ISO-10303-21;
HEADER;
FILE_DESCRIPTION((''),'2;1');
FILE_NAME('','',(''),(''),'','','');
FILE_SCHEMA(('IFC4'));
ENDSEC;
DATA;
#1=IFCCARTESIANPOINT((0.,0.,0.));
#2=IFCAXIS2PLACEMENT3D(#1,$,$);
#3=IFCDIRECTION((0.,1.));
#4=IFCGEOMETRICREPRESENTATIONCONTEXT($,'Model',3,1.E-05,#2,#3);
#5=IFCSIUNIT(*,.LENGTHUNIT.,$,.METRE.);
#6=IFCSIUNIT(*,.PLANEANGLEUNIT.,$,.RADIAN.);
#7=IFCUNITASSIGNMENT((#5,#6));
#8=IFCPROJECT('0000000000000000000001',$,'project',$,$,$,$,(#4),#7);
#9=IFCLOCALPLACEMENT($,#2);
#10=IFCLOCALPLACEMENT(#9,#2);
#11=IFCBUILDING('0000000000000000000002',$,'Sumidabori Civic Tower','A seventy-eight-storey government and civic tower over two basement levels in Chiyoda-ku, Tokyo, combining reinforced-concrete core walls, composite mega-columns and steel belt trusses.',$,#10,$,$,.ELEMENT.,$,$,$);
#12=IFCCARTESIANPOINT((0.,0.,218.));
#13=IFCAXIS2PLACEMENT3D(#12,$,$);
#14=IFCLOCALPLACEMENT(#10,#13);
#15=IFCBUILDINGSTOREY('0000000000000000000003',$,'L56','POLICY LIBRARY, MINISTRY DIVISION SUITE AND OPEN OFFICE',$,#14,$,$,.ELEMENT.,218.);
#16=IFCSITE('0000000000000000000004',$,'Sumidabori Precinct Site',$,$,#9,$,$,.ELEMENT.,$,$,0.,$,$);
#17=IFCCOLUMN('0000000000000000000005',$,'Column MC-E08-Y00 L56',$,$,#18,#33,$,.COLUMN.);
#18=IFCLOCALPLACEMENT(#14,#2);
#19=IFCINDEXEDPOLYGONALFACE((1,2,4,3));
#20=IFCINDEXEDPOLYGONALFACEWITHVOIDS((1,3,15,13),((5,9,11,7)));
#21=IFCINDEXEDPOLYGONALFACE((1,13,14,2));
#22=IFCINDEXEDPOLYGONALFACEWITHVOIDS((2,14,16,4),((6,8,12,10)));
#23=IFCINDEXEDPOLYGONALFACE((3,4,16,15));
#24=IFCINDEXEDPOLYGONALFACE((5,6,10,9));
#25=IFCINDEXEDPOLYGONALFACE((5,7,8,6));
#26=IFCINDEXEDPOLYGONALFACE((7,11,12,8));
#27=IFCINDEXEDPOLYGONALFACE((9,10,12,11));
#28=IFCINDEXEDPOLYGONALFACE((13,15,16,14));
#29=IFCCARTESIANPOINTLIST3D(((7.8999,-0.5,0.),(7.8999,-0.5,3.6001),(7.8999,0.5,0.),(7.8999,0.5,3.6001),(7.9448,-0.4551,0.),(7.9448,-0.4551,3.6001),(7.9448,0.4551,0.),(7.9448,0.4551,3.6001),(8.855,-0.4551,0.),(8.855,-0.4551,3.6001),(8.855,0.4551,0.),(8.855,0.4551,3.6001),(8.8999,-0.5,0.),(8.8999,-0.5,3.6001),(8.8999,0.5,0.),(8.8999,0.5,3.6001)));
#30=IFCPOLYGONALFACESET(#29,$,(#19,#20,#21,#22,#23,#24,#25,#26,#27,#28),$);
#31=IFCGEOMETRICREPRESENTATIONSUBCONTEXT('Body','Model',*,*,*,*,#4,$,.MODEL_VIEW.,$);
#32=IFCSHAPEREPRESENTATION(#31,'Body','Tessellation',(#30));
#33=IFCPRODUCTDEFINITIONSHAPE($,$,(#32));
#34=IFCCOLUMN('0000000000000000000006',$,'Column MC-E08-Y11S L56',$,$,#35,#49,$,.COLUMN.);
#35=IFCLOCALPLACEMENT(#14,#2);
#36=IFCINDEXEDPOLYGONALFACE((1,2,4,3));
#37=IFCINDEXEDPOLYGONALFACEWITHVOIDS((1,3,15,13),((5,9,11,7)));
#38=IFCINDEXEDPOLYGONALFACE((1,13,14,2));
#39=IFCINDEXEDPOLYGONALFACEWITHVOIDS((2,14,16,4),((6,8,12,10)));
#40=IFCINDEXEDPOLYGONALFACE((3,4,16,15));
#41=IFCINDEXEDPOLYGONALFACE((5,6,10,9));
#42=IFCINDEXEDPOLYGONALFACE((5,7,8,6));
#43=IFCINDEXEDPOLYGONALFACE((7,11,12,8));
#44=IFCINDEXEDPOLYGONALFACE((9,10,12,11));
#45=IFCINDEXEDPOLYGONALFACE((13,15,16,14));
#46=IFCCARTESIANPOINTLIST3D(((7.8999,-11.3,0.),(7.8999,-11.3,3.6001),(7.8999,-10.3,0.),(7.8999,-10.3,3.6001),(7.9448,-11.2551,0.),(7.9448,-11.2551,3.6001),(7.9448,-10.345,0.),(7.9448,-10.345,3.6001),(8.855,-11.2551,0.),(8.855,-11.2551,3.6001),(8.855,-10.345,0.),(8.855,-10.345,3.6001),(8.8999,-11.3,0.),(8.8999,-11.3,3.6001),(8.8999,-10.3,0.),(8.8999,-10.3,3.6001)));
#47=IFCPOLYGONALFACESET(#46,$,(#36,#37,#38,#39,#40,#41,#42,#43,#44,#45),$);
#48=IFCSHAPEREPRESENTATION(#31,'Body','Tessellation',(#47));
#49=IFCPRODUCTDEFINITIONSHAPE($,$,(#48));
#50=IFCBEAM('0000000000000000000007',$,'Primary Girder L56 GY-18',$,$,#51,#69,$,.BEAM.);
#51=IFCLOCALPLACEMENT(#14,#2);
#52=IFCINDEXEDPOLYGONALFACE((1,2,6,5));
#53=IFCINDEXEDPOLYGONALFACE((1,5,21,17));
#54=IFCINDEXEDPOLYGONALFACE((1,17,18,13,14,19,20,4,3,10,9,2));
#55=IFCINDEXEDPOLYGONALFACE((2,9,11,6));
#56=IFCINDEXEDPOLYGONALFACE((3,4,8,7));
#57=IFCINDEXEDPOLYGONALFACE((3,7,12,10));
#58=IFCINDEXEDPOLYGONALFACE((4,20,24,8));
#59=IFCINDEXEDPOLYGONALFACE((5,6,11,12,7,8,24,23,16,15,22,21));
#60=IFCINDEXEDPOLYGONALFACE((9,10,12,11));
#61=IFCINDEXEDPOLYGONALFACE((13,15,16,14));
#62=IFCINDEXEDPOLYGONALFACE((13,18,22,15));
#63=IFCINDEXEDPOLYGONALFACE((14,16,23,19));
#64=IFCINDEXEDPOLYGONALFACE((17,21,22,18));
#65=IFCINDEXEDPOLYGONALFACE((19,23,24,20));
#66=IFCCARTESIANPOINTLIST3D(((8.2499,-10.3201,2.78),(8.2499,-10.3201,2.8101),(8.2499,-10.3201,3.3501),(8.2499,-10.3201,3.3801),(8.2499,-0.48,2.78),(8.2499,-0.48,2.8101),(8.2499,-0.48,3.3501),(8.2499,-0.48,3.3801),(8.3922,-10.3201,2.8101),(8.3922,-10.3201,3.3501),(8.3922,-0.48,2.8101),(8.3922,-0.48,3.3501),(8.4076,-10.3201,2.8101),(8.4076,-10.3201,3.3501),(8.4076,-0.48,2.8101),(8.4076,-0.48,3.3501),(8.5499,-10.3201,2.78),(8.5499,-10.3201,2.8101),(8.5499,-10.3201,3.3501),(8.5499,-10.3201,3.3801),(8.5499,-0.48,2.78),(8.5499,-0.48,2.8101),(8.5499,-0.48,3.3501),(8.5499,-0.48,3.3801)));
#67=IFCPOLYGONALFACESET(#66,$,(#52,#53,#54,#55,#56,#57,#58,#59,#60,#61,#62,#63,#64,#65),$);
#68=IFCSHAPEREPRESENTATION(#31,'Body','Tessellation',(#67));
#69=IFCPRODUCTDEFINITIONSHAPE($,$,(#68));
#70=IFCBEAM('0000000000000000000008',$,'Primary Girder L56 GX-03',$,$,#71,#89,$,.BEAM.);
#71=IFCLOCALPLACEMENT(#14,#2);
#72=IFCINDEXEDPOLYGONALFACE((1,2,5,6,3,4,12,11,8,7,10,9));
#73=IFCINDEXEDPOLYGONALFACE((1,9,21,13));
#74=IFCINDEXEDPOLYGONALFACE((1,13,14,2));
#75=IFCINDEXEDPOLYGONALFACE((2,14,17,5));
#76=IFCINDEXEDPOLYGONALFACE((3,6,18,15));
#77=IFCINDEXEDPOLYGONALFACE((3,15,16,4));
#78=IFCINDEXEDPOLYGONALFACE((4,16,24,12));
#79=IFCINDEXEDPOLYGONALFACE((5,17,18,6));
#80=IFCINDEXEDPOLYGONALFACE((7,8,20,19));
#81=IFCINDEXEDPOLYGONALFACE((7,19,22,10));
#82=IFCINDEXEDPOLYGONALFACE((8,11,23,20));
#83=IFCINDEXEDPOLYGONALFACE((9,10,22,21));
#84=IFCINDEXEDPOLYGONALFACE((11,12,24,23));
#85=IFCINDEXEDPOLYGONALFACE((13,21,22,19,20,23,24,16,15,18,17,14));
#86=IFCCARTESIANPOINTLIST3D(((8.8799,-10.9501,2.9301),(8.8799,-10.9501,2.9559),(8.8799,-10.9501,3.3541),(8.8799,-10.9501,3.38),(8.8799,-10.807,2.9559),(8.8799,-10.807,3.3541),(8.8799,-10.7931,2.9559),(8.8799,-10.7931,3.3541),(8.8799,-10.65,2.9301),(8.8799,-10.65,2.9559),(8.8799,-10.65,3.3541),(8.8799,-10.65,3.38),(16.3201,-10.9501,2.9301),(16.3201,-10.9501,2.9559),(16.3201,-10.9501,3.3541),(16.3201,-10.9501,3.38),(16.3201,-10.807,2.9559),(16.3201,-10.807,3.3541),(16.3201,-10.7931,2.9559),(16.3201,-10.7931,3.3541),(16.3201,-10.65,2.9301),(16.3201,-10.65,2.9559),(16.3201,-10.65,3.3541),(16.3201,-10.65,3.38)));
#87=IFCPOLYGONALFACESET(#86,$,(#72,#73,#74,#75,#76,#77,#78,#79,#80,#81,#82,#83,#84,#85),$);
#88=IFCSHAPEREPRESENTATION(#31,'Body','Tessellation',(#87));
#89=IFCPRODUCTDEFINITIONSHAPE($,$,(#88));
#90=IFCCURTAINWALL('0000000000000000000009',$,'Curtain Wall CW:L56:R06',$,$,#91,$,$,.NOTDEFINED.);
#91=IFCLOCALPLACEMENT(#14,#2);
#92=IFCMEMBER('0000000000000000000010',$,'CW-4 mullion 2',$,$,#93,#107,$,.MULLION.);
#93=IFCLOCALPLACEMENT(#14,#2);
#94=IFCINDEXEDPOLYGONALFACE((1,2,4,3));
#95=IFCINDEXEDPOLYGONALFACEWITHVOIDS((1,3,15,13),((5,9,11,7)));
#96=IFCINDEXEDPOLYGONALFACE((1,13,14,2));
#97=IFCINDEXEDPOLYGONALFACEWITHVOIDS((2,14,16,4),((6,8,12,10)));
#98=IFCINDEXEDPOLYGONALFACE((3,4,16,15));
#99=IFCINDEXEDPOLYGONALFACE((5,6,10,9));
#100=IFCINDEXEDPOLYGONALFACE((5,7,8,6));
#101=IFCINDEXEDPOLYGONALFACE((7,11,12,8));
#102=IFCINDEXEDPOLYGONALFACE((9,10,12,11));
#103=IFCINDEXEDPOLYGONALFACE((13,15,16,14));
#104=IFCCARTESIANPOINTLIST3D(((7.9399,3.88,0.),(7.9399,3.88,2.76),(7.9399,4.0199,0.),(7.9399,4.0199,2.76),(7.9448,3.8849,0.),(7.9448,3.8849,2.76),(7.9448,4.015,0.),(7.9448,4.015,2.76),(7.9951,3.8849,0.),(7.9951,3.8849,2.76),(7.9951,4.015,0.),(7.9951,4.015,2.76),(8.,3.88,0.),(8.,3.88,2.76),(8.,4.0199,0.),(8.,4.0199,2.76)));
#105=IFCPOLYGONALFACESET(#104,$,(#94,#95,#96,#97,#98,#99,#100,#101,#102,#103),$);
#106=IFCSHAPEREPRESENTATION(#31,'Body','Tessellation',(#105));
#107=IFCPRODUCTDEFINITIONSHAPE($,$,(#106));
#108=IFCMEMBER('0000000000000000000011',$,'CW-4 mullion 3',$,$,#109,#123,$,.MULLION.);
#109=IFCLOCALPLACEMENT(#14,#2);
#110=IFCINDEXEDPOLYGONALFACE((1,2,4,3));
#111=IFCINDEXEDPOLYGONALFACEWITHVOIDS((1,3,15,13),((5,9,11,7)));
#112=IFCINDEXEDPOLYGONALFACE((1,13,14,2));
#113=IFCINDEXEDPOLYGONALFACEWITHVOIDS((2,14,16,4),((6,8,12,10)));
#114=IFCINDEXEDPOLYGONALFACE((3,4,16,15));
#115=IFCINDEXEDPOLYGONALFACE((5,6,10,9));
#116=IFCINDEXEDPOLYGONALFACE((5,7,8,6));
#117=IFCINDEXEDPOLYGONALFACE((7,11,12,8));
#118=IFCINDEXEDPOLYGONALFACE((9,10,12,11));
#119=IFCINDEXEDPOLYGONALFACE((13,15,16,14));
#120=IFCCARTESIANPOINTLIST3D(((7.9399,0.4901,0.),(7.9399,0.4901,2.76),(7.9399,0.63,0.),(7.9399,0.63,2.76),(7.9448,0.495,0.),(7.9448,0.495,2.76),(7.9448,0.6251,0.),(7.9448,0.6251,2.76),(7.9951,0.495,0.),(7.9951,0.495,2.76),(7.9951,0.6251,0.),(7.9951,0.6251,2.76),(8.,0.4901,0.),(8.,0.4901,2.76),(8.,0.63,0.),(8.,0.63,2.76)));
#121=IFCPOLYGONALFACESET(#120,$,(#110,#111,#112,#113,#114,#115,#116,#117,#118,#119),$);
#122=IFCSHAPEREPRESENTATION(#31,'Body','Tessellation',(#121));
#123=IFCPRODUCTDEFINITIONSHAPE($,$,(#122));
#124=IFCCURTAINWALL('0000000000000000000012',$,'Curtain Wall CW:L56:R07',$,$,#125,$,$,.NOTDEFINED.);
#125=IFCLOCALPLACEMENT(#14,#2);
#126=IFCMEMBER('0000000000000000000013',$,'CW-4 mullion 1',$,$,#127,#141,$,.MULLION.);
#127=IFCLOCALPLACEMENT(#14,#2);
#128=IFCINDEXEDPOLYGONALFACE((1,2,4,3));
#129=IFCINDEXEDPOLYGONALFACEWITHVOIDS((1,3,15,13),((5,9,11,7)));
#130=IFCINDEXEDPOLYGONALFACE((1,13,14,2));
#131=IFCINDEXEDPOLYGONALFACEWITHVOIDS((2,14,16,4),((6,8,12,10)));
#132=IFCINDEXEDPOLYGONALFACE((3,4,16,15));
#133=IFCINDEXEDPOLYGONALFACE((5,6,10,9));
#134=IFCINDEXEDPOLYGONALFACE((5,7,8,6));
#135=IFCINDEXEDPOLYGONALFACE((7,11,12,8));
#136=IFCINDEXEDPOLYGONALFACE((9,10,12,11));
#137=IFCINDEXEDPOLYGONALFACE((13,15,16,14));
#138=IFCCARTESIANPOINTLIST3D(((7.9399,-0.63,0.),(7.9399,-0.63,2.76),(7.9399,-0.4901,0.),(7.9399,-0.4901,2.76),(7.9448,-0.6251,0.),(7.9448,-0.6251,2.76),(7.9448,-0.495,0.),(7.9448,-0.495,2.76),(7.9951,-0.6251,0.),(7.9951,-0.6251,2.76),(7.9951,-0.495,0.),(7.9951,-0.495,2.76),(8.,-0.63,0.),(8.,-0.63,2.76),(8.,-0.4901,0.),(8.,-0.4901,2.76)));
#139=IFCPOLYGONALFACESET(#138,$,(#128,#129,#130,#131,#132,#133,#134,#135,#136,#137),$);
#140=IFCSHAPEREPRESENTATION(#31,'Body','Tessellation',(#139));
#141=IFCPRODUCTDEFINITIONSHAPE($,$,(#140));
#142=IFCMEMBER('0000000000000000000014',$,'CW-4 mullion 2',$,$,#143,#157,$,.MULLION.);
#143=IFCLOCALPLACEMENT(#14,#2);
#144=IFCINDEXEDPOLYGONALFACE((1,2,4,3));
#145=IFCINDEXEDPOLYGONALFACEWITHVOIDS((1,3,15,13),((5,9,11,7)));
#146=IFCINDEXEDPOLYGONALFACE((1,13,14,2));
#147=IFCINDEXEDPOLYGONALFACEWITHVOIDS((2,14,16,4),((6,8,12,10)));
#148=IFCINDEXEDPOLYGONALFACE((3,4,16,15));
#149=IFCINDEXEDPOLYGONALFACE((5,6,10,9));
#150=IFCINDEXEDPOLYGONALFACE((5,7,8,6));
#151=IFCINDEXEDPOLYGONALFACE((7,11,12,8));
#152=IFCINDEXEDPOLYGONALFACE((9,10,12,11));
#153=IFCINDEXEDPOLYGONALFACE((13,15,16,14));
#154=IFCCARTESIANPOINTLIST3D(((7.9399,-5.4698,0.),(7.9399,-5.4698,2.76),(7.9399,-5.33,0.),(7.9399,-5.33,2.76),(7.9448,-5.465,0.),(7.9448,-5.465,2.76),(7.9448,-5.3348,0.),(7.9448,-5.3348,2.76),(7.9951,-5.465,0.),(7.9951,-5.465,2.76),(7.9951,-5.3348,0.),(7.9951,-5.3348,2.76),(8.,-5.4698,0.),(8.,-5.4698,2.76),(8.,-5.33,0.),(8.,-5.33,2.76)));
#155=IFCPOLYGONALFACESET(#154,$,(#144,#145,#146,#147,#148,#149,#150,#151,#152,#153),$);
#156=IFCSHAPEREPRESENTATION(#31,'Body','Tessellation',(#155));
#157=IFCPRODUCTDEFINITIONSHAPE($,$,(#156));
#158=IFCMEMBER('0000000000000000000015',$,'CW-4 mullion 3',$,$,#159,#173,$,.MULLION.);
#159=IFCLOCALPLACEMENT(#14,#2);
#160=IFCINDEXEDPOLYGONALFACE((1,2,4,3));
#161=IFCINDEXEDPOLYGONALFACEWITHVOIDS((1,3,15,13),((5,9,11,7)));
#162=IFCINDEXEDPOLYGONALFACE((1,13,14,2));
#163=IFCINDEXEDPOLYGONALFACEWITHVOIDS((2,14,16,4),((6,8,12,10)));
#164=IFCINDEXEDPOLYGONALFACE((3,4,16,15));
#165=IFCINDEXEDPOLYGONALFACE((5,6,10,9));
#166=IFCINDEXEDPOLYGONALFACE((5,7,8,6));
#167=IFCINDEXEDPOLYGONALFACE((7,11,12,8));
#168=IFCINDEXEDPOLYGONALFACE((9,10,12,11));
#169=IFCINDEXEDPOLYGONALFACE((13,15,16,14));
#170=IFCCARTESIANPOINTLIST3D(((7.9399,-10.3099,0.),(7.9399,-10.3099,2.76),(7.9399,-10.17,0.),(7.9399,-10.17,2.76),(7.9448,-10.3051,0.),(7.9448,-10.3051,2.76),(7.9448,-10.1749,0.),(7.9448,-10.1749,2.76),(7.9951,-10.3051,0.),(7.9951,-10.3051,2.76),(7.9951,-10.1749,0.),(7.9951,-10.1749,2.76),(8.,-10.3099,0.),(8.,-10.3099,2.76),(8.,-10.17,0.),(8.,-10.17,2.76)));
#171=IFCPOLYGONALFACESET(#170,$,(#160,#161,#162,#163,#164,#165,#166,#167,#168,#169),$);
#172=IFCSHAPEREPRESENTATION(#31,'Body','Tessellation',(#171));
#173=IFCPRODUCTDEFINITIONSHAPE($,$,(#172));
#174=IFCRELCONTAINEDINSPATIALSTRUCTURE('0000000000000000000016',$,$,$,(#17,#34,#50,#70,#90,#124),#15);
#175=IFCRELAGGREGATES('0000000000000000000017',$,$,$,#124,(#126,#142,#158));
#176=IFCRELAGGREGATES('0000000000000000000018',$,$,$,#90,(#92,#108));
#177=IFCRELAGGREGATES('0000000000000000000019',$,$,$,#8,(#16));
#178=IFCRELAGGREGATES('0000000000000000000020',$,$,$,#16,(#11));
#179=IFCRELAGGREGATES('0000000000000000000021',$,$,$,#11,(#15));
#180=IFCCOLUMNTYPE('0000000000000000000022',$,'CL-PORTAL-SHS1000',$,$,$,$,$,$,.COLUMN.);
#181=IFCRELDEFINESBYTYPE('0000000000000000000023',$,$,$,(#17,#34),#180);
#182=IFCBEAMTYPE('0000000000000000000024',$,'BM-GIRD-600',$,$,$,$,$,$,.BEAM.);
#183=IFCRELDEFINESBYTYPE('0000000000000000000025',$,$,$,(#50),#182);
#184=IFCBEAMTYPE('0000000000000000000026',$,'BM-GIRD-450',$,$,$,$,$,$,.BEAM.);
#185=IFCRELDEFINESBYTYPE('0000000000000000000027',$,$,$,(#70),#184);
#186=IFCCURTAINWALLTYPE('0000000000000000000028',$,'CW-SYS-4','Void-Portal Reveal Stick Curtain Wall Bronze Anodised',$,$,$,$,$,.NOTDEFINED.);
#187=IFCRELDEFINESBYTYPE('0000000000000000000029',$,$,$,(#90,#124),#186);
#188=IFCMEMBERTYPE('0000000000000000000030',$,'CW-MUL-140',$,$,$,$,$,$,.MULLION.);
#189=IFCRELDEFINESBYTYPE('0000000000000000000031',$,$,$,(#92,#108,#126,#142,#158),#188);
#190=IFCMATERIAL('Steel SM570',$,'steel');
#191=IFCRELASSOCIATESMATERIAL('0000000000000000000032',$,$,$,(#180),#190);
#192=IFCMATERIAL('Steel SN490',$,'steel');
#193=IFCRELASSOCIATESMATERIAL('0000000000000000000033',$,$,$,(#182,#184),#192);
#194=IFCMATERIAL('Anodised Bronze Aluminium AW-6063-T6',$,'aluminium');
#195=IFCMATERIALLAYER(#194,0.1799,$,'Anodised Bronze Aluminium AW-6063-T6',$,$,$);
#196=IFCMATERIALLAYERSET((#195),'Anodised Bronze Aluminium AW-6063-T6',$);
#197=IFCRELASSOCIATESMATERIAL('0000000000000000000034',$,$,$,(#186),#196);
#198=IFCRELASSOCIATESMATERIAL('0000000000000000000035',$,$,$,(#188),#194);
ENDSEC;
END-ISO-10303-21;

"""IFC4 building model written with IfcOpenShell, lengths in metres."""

from ifc_helpers import new_model, si_unit, direction, frame, origin, origin_2d, place, context, subcontext, project, spatial, hollow_rectangle, i_section, extrude, source, transform, mapped, material, layer, layer_set, material_profile, profile_set, type_object, element, aggregate, save


model = new_model("IFC4")

# Units and contexts
model_context = context("Model", 3, precision=1e-05, world=origin(), true_north=direction((0.0, 1.0)))
body_context = subcontext(model_context, "Body", "Model", "MODEL_VIEW")
ifc_project = project(units=[si_unit("LENGTHUNIT", "METRE"), si_unit("PLANEANGLEUNIT", "RADIAN")], contexts=[model_context])

# Site, building, storey
site_placement = place(None, origin())
site = spatial("IfcSite", under=ifc_project, at=site_placement, Name="Sumidabori Precinct Site", CompositionType="ELEMENT", RefElevation=0.0)
building_placement = place(site_placement, origin())
building = spatial("IfcBuilding", under=site, at=building_placement, Name="Sumidabori Civic Tower", Description="A seventy-eight-storey government and civic tower over two basement levels in Chiyoda-ku, Tokyo, combining reinforced-concrete core walls, composite mega-columns and steel belt trusses.", CompositionType="ELEMENT")
storey_placement = place(building_placement, frame((0.0, 0.0, 218.0)))
storey = spatial("IfcBuildingStorey", under=building, at=storey_placement, Name="L56", Description="POLICY LIBRARY, MINISTRY DIVISION SUITE AND OPEN OFFICE", CompositionType="ELEMENT", Elevation=218.0)

# Columns
ifc_material_1 = material(Name="Steel SM570", Category="steel")
ifc_material_profile_1 = material_profile(ifc_material_1, hollow_rectangle(XDim=1.0, YDim=1.0, WallThickness=0.0449, at=origin_2d()), Name="SHS 1000x1000x45")
ifc_profile_set_1 = profile_set([ifc_material_profile_1], Name="Steel SM570")
column_type = type_object("IfcColumnType", Name="CL-PORTAL-SHS1000", PredefinedType="COLUMN", material=ifc_profile_set_1)
shared_shape_1 = source(origin(), body_context, "Body", "SweptSolid", [
    extrude(hollow_rectangle(XDim=1.0, YDim=1.0, WallThickness=0.0449, at=origin_2d()), origin(), (0.0, 0.0, 1.0), 3.6001),
])
for number, where, z_axis, x_axis, name in (
    (1, (8.3999, 0.0, 0.0), (0.0, 0.0, 1.0), (1.0, 0.0, 0.0), "Column MC-E08-Y00 L56"),
    (2, (8.3999, -10.8, 0.0), (0.0, 0.0, 1.0), (1.0, 0.0, 0.0), "Column MC-E08-Y11S L56"),
):
    element("IfcColumn", number, at=place(storey_placement, frame(where, z_axis=z_axis, x_axis=x_axis)), inside=storey, type_object=column_type, Name=name, PredefinedType="COLUMN", context=body_context, shape_type="MappedRepresentation", body=[
        mapped(shared_shape_1, transform((0.0, 0.0, 0.0), x_axis=(1.0, 0.0, 0.0), y_axis=(0.0, 1.0, 0.0), z_axis=(0.0, 0.0, 1.0), scale=1.0)),
    ])

# Beams
ifc_material_2 = material(Name="Steel SN490", Category="steel")
ifc_material_profile_2 = material_profile(ifc_material_2, i_section(OverallWidth=0.3, OverallDepth=0.6001, WebThickness=0.0154, FlangeThickness=0.03, at=origin_2d()), Name="HE 600 B")
ifc_profile_set_2 = profile_set([ifc_material_profile_2], Name="Steel SN490")
beam_type_1 = type_object("IfcBeamType", Name="BM-GIRD-600", PredefinedType="BEAM", material=ifc_profile_set_2)
shared_shape_2 = source(origin(), body_context, "Body", "SweptSolid", [
    extrude(i_section(OverallWidth=0.3, OverallDepth=0.6001, WebThickness=0.0154, FlangeThickness=0.03, at=origin_2d()), origin(), (0.0, 0.0, 1.0), 9.8401),
])
beam_1_placement = place(storey_placement, frame((8.3999, -10.3201, 3.0801), z_axis=(0.0, 1.0, 0.0), x_axis=(-1.0, 0.0, 0.0)))
element("IfcBeam", 3, at=beam_1_placement, inside=storey, type_object=beam_type_1, Name="Primary Girder L56 GY-18", PredefinedType="BEAM", context=body_context, shape_type="MappedRepresentation", body=[
    mapped(shared_shape_2, transform((0.0, 0.0, 0.0), x_axis=(1.0, 0.0, 0.0), y_axis=(0.0, 1.0, 0.0), z_axis=(0.0, 0.0, 1.0), scale=1.0)),
])
ifc_material_profile_3 = material_profile(ifc_material_2, i_section(OverallWidth=0.3, OverallDepth=0.45, WebThickness=0.0139, FlangeThickness=0.0259, at=origin_2d()), Name="HE 450 B")
ifc_profile_set_3 = profile_set([ifc_material_profile_3], Name="Steel SN490")
beam_type_2 = type_object("IfcBeamType", Name="BM-GIRD-450", PredefinedType="BEAM", material=ifc_profile_set_3)
shared_shape_3 = source(origin(), body_context, "Body", "SweptSolid", [
    extrude(i_section(OverallWidth=0.3, OverallDepth=0.45, WebThickness=0.0139, FlangeThickness=0.0259, at=origin_2d()), origin(), (0.0, 0.0, 1.0), 7.4402),
])
beam_2_placement = place(storey_placement, frame((8.8799, -10.8, 3.155), z_axis=(1.0, 0.0, 0.0), x_axis=(0.0, 1.0, 0.0)))
element("IfcBeam", 4, at=beam_2_placement, inside=storey, type_object=beam_type_2, Name="Primary Girder L56 GX-03", PredefinedType="BEAM", context=body_context, shape_type="MappedRepresentation", body=[
    mapped(shared_shape_3, transform((0.0, 0.0, 0.0), x_axis=(1.0, 0.0, 0.0), y_axis=(0.0, 1.0, 0.0), z_axis=(0.0, 0.0, 1.0), scale=1.0)),
])

# Curtain walls, members
ifc_material_3 = material(Name="Anodised Bronze Aluminium AW-6063-T6", Category="aluminium")
ifc_layer_1 = layer(ifc_material_3, 0.1799, Name="Anodised Bronze Aluminium AW-6063-T6")
ifc_layer_set_1 = layer_set([ifc_layer_1], Name="Anodised Bronze Aluminium AW-6063-T6")
curtain_wall_type_1 = type_object("IfcCurtainWallType", Name="CW-SYS-4", Description="Void-Portal Reveal Stick Curtain Wall Bronze Anodised", PredefinedType="NOTDEFINED", material=ifc_layer_set_1)
curtain_wall_1_placement = place(storey_placement, origin())
curtain_wall_1 = element("IfcCurtainWall", 5, at=curtain_wall_1_placement, inside=storey, type_object=curtain_wall_type_1, Name="Curtain Wall CW:L56:R06", PredefinedType="NOTDEFINED")
ifc_material_profile_4 = material_profile(ifc_material_3, hollow_rectangle(XDim=0.0601, YDim=0.1399, WallThickness=0.0049, at=origin_2d()), Name="ALU MULLION 140x60")
ifc_profile_set_4 = profile_set([ifc_material_profile_4], Name="Anodised Bronze Aluminium AW-6063-T6")
member_type_1 = type_object("IfcMemberType", Name="CW-MUL-140", PredefinedType="MULLION", material=ifc_profile_set_4)
shared_shape_4 = source(origin(), body_context, "Body", "SweptSolid", [
    extrude(hollow_rectangle(XDim=0.0601, YDim=0.1399, WallThickness=0.0049, at=origin_2d()), origin(), (0.0, 0.0, 1.0), 2.76),
])
member_1_placement = place(storey_placement, frame((7.97, 3.95, 0.0), z_axis=(0.0, 0.0, 1.0), x_axis=(1.0, 0.0, 0.0)))
member_1 = element("IfcMember", 6, at=member_1_placement, type_object=member_type_1, Name="CW-4 mullion 2", PredefinedType="MULLION", context=body_context, shape_type="MappedRepresentation", body=[
    mapped(shared_shape_4, transform((0.0, 0.0, 0.0), x_axis=(1.0, 0.0, 0.0), y_axis=(0.0, 1.0, 0.0), z_axis=(0.0, 0.0, 1.0), scale=1.0)),
])
member_2_placement = place(storey_placement, frame((7.97, 0.5601, 0.0), z_axis=(0.0, 0.0, 1.0), x_axis=(1.0, 0.0, 0.0)))
member_2 = element("IfcMember", 7, at=member_2_placement, type_object=member_type_1, Name="CW-4 mullion 3", PredefinedType="MULLION", context=body_context, shape_type="MappedRepresentation", body=[
    mapped(shared_shape_4, transform((0.0, 0.0, 0.0), x_axis=(1.0, 0.0, 0.0), y_axis=(0.0, 1.0, 0.0), z_axis=(0.0, 0.0, 1.0), scale=1.0)),
])
curtain_wall_2_placement = place(storey_placement, origin())
curtain_wall_2 = element("IfcCurtainWall", 8, at=curtain_wall_2_placement, inside=storey, type_object=curtain_wall_type_1, Name="Curtain Wall CW:L56:R07", PredefinedType="NOTDEFINED")
member_3_placement = place(storey_placement, frame((7.97, -0.5601, 0.0), z_axis=(0.0, 0.0, 1.0), x_axis=(1.0, 0.0, 0.0)))
member_3 = element("IfcMember", 9, at=member_3_placement, type_object=member_type_1, Name="CW-4 mullion 1", PredefinedType="MULLION", context=body_context, shape_type="MappedRepresentation", body=[
    mapped(shared_shape_4, transform((0.0, 0.0, 0.0), x_axis=(1.0, 0.0, 0.0), y_axis=(0.0, 1.0, 0.0), z_axis=(0.0, 0.0, 1.0), scale=1.0)),
])
member_4_placement = place(storey_placement, frame((7.97, -5.3999, 0.0), z_axis=(0.0, 0.0, 1.0), x_axis=(1.0, 0.0, 0.0)))
member_4 = element("IfcMember", 10, at=member_4_placement, type_object=member_type_1, Name="CW-4 mullion 2", PredefinedType="MULLION", context=body_context, shape_type="MappedRepresentation", body=[
    mapped(shared_shape_4, transform((0.0, 0.0, 0.0), x_axis=(1.0, 0.0, 0.0), y_axis=(0.0, 1.0, 0.0), z_axis=(0.0, 0.0, 1.0), scale=1.0)),
])
member_5_placement = place(storey_placement, frame((7.97, -10.24, 0.0), z_axis=(0.0, 0.0, 1.0), x_axis=(1.0, 0.0, 0.0)))
member_5 = element("IfcMember", 11, at=member_5_placement, type_object=member_type_1, Name="CW-4 mullion 3", PredefinedType="MULLION", context=body_context, shape_type="MappedRepresentation", body=[
    mapped(shared_shape_4, transform((0.0, 0.0, 0.0), x_axis=(1.0, 0.0, 0.0), y_axis=(0.0, 1.0, 0.0), z_axis=(0.0, 0.0, 1.0), scale=1.0)),
])

aggregate(curtain_wall_2, [member_3, member_4, member_5])
aggregate(curtain_wall_1, [member_1, member_2])

save(model, "model.ifc")
